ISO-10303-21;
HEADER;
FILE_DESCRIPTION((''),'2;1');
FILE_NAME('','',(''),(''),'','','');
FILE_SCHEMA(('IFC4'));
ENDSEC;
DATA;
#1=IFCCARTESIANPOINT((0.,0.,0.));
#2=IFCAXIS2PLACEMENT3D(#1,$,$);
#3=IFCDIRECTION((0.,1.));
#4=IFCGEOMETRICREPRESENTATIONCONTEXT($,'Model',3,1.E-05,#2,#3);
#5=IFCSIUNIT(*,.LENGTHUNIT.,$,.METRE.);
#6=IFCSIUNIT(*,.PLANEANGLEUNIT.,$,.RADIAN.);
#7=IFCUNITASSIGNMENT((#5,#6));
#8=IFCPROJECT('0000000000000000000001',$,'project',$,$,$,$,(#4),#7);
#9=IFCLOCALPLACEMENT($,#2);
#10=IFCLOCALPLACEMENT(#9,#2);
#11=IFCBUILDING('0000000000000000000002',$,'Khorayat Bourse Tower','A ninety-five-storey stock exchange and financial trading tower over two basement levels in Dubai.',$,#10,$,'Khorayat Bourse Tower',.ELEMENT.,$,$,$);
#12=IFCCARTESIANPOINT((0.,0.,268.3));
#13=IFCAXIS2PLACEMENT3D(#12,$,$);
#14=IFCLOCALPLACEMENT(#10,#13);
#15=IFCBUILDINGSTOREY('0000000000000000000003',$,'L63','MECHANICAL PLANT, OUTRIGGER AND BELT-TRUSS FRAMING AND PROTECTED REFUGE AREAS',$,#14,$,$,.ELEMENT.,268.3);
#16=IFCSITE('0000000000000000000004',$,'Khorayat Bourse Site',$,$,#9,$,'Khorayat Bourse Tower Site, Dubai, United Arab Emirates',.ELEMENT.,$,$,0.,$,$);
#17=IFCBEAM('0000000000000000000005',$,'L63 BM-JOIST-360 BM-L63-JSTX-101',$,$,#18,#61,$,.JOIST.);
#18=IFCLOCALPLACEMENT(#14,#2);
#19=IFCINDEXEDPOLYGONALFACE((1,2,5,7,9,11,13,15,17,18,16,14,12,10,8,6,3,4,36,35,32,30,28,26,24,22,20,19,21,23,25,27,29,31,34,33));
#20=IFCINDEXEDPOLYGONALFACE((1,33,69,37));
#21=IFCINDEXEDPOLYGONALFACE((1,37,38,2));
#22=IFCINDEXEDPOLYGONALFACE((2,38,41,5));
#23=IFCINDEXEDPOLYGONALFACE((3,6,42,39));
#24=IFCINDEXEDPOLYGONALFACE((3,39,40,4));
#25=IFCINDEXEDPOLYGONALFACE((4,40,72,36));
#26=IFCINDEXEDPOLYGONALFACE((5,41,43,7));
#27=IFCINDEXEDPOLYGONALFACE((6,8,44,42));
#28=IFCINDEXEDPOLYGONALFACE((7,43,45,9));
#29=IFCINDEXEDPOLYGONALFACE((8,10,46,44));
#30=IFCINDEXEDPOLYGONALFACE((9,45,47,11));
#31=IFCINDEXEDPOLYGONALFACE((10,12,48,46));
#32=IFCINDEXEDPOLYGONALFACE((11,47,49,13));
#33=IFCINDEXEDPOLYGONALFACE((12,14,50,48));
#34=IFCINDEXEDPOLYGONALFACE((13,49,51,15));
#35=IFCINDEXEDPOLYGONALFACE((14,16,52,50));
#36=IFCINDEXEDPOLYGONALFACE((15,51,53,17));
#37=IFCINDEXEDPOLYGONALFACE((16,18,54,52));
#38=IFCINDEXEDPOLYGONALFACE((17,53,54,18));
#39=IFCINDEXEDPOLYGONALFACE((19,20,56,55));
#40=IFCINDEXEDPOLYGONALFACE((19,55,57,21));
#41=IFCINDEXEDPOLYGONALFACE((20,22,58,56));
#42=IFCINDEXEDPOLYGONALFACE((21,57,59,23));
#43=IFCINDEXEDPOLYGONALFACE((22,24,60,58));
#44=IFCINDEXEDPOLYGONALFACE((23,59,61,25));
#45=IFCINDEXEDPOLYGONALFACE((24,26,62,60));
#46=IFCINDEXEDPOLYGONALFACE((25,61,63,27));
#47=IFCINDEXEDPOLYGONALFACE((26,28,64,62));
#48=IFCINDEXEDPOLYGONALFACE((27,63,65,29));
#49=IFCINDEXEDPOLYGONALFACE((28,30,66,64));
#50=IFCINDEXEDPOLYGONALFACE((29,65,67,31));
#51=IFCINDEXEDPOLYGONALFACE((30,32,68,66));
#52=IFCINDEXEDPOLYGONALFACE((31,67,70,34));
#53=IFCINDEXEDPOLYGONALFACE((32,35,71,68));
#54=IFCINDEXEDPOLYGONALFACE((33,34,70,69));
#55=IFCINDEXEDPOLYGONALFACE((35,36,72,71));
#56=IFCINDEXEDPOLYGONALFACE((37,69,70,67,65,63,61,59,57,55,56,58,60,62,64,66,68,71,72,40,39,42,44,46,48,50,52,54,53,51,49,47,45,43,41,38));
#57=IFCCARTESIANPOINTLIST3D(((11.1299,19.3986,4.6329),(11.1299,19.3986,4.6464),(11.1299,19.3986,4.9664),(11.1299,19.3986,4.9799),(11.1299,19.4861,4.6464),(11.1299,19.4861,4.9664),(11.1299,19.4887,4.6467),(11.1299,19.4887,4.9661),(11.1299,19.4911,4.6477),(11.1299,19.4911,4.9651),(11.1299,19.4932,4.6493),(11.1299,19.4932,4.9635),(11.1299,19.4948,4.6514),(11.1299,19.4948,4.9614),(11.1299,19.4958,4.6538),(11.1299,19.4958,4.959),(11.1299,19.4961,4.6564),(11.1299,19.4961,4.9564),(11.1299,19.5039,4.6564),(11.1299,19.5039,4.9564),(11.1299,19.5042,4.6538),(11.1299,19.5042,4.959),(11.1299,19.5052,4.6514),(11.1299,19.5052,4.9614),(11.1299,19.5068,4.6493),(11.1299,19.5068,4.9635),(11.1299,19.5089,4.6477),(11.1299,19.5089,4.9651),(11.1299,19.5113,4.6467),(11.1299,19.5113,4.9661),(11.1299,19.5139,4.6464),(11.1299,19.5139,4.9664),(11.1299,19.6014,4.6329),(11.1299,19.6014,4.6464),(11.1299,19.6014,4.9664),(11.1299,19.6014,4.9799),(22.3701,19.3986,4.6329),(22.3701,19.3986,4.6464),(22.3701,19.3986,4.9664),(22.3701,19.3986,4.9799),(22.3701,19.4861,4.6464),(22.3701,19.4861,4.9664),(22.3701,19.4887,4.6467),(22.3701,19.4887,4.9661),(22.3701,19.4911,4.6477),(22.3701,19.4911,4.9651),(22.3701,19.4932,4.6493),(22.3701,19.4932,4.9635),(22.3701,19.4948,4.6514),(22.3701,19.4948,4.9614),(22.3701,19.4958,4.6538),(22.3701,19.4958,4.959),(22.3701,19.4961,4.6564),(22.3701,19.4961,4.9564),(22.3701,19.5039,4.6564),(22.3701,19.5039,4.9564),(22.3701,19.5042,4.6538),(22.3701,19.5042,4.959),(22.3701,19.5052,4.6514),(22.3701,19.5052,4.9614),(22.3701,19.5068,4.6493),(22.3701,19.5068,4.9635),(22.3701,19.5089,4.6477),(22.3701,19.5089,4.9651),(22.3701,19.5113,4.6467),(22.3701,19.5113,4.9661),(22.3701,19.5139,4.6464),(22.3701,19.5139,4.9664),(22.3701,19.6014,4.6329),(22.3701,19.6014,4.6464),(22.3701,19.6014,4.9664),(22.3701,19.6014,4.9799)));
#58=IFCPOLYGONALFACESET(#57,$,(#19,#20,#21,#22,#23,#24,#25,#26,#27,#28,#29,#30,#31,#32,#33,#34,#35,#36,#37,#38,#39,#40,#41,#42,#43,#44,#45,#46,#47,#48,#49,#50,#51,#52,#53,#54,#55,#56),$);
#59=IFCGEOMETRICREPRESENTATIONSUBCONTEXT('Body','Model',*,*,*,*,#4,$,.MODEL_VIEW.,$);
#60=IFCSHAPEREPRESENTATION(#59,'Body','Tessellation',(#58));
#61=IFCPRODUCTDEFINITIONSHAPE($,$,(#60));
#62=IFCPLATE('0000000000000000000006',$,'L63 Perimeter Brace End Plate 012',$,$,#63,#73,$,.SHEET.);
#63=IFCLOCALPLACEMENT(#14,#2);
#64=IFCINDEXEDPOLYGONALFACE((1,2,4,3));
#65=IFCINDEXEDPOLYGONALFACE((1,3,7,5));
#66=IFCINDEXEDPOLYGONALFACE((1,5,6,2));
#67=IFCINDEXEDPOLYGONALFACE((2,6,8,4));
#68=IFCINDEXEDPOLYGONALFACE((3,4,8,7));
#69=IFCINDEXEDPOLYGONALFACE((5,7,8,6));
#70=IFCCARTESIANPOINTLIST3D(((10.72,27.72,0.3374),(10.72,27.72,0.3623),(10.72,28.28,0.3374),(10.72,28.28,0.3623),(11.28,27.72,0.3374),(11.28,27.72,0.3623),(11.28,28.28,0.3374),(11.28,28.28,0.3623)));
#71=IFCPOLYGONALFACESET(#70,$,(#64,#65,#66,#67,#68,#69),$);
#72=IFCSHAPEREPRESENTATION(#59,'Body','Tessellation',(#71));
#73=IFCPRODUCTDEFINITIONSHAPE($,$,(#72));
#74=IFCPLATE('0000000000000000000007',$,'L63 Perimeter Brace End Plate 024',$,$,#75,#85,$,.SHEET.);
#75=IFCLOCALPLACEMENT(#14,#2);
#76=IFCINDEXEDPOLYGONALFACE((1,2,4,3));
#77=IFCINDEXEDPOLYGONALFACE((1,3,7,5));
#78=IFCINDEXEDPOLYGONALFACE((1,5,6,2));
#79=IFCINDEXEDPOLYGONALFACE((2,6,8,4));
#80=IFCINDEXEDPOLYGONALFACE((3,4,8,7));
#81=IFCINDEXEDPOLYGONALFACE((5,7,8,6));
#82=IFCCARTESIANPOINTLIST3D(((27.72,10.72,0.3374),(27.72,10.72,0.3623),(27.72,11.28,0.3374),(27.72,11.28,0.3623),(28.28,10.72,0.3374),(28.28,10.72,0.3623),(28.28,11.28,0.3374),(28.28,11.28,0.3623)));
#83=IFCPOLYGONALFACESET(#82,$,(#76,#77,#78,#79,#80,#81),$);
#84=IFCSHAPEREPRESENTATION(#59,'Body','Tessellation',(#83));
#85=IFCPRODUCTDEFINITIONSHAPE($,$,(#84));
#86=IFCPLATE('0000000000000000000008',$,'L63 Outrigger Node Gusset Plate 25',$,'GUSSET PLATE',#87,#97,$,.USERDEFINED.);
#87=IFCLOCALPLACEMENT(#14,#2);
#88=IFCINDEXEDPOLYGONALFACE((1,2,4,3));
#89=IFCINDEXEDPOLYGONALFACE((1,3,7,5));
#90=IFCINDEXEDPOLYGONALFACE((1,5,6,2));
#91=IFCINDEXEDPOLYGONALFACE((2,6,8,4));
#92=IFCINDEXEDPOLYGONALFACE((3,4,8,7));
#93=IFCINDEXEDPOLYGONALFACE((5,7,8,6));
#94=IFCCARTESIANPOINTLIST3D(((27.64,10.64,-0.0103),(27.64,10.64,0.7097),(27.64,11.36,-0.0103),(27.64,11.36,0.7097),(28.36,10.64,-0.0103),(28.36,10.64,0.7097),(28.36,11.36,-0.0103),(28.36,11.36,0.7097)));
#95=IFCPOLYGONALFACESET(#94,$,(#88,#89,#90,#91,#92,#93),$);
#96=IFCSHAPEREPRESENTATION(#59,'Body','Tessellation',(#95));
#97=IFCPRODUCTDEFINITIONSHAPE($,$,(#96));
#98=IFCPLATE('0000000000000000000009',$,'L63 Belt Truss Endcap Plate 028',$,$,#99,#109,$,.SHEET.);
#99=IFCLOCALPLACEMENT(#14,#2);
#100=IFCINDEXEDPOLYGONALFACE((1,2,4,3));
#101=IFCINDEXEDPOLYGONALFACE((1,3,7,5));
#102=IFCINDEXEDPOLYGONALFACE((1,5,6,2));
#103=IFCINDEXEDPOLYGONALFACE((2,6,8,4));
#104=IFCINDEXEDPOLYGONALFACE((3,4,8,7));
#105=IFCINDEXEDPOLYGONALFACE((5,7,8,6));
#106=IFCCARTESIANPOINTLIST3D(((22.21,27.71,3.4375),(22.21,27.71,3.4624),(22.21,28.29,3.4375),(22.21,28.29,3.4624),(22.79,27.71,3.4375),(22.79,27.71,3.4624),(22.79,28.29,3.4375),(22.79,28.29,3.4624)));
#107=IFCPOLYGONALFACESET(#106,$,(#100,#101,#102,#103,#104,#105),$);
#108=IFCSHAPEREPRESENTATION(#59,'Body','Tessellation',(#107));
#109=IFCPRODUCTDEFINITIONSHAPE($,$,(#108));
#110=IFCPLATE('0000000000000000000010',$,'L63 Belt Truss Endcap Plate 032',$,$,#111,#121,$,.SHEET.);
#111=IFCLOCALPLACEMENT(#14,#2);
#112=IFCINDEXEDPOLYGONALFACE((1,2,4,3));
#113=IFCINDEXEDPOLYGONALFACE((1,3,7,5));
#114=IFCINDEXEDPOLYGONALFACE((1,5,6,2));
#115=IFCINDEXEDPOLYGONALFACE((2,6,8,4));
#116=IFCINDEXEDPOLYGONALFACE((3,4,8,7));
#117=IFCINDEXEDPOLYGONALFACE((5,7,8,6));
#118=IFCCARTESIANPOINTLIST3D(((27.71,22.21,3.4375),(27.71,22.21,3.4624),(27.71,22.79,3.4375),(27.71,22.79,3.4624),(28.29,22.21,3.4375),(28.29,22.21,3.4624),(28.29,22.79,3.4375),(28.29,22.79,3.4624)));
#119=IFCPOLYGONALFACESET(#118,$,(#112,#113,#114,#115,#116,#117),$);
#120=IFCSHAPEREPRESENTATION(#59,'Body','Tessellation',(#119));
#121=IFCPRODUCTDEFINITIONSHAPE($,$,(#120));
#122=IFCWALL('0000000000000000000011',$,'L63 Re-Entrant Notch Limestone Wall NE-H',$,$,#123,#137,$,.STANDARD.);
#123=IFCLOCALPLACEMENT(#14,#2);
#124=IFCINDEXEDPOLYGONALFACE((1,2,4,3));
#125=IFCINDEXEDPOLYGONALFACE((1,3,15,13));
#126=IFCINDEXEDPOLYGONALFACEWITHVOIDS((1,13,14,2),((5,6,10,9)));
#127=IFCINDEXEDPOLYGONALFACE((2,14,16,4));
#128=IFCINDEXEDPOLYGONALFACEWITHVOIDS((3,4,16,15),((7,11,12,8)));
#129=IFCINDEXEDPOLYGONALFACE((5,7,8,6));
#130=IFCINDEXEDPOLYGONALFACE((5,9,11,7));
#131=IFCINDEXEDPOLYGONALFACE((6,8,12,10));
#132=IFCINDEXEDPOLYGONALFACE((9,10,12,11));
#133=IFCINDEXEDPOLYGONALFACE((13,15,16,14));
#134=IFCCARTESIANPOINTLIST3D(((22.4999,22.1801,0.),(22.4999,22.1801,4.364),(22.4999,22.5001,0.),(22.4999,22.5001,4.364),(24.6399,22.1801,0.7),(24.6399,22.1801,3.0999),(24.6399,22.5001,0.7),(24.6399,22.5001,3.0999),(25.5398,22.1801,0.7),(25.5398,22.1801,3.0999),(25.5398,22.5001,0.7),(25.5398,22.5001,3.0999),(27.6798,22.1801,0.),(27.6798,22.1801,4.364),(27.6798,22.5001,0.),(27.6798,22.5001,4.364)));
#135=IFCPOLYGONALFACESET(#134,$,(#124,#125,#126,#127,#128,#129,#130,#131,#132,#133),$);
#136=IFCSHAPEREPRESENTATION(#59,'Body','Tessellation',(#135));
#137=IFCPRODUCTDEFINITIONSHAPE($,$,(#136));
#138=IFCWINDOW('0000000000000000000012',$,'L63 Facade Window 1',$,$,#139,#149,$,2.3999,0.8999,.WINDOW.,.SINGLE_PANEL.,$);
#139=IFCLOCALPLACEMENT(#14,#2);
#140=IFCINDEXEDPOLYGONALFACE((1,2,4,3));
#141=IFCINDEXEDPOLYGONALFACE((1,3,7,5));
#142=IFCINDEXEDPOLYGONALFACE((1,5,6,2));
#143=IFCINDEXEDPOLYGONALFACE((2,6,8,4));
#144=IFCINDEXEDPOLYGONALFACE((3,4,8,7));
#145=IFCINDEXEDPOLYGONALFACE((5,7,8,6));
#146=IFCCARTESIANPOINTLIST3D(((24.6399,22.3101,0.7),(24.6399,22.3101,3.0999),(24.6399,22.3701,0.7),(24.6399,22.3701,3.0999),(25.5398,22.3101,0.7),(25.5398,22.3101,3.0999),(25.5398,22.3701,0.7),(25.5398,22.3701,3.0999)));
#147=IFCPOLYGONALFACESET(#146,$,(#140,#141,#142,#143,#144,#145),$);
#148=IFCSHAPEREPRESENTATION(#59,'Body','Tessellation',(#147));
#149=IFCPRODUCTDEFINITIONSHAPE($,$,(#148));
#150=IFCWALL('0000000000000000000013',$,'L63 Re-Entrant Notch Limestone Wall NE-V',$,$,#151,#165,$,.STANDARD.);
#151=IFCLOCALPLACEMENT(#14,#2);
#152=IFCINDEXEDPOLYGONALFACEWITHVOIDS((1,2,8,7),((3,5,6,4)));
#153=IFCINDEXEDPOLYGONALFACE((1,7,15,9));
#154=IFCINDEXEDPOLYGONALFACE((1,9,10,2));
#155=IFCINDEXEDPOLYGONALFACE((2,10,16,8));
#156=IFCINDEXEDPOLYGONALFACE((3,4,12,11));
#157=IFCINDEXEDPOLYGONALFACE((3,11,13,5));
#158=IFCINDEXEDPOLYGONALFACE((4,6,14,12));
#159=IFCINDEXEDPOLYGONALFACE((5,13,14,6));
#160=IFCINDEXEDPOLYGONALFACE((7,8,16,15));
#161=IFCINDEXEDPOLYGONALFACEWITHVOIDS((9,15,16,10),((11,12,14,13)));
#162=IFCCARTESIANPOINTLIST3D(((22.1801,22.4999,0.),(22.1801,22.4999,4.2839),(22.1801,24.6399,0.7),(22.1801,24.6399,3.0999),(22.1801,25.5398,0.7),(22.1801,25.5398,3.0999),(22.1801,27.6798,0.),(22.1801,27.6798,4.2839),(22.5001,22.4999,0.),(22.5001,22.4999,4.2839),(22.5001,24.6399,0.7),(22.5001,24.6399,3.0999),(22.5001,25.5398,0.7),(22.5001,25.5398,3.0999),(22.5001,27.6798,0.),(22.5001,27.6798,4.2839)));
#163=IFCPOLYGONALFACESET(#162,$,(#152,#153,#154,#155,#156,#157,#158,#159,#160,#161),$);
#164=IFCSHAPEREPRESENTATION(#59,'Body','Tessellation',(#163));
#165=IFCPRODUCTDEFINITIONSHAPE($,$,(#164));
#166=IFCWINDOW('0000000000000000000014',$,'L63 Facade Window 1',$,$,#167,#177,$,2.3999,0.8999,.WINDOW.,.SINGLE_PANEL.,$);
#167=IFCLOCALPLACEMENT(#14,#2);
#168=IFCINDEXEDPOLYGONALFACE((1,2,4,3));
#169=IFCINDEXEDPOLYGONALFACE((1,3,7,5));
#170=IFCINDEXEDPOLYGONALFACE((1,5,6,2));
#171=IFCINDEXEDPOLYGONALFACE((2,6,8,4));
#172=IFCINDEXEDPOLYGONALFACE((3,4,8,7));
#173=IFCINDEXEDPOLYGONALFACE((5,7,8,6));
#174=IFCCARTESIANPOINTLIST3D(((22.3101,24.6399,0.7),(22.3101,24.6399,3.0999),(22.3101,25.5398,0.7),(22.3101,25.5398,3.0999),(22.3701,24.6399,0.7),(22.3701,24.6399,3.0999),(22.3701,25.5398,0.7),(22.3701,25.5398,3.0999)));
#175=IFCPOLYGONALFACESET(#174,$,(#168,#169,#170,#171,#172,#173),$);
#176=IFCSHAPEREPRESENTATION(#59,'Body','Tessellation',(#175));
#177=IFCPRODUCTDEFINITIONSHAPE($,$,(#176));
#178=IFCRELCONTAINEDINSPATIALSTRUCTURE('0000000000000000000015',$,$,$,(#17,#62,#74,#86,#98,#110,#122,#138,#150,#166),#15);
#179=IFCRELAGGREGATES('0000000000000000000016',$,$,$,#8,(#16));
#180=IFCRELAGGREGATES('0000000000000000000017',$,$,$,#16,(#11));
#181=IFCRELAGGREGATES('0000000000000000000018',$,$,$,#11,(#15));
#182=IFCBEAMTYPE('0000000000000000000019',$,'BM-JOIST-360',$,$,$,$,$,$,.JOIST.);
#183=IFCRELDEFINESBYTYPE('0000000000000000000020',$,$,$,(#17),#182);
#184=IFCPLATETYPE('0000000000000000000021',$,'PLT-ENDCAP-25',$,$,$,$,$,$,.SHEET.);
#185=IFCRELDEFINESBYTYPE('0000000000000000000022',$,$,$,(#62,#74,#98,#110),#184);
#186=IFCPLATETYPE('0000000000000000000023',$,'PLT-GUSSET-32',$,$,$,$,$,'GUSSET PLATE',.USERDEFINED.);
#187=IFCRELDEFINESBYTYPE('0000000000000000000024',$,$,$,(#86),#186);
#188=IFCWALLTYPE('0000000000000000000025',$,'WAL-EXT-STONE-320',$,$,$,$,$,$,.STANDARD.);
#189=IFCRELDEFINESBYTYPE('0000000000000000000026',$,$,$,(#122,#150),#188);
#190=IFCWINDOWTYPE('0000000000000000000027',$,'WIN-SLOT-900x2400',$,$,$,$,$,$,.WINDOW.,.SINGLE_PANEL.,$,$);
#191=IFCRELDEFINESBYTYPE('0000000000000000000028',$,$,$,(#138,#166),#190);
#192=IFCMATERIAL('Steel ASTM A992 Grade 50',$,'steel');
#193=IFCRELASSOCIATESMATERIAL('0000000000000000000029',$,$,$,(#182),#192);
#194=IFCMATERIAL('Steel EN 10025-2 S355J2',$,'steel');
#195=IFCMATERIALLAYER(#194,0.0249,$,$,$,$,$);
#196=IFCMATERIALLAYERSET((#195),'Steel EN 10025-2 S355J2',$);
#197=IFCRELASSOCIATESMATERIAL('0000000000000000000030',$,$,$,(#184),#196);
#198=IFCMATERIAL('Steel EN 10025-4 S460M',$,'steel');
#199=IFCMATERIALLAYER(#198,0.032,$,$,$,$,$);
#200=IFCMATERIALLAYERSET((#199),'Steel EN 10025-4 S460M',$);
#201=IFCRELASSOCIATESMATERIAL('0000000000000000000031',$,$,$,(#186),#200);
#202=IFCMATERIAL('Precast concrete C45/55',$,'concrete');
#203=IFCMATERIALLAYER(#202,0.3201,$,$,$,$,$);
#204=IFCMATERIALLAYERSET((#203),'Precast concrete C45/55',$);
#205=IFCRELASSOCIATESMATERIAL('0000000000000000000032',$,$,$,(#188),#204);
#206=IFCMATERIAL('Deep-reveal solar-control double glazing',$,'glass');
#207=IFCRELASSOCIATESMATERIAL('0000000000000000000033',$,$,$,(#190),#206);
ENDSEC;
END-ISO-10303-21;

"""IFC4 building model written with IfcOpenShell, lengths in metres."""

from ifc_helpers import new_model, si_unit, direction, frame, frame_2d, origin, origin_2d, place, context, subcontext, project, spatial, rectangle, i_section, extrude, source, transform, mapped, material, layer, layer_set, material_profile, profile_set, type_object, element, fill, save


model = new_model("IFC4")

# Units and contexts
model_context = context("Model", 3, precision=1e-05, world=origin(), true_north=direction((0.0, 1.0)))
body_context = subcontext(model_context, "Body", "Model", "MODEL_VIEW")
ifc_project = project(units=[si_unit("LENGTHUNIT", "METRE"), si_unit("PLANEANGLEUNIT", "RADIAN")], contexts=[model_context])

# Site, building, storey
site_placement = place(None, origin())
site = spatial("IfcSite", under=ifc_project, at=site_placement, Name="Khorayat Bourse Site", LongName="Khorayat Bourse Tower Site, Dubai, United Arab Emirates", CompositionType="ELEMENT", RefElevation=0.0)
building_placement = place(site_placement, origin())
building = spatial("IfcBuilding", under=site, at=building_placement, Name="Khorayat Bourse Tower", Description="A ninety-five-storey stock exchange and financial trading tower over two basement levels in Dubai.", LongName="Khorayat Bourse Tower", CompositionType="ELEMENT")
storey_placement = place(building_placement, frame((0.0, 0.0, 268.3)))
storey = spatial("IfcBuildingStorey", under=building, at=storey_placement, Name="L63", Description="MECHANICAL PLANT, OUTRIGGER AND BELT-TRUSS FRAMING AND PROTECTED REFUGE AREAS", CompositionType="ELEMENT", Elevation=268.3)

# Shared definitions
ifc_material_1 = material(Name="Steel EN 10025-4 S460M", Category="steel")

# Beam
ifc_material_2 = material(Name="Steel ASTM A992 Grade 50", Category="steel")
ifc_material_profile_1 = material_profile(ifc_material_2, i_section(OverallWidth=0.2029, OverallDepth=0.3469, WebThickness=0.0078, FlangeThickness=0.0134, FilletRadius=0.01, at=origin_2d()), Name="W360X64")
ifc_profile_set_1 = profile_set([ifc_material_profile_1], Name="Steel ASTM A992 Grade 50")
beam_type_1 = type_object("IfcBeamType", Name="BM-JOIST-360", PredefinedType="JOIST", material=ifc_profile_set_1)
shared_shape_1 = source(origin(), body_context, "Body", "SweptSolid", [
    extrude(i_section(OverallWidth=0.2029, OverallDepth=0.3469, WebThickness=0.0078, FlangeThickness=0.0134, FilletRadius=0.01, at=origin_2d()), origin(), (0.0, 0.0, 1.0), 11.2402),
])
beam_1_placement = place(storey_placement, frame((11.1299, 19.5, 4.8064), z_axis=(1.0, 0.0, 0.0), x_axis=(0.0, 1.0, 0.0)))
element("IfcBeam", 1, at=beam_1_placement, inside=storey, type_object=beam_type_1, Name="L63 BM-JOIST-360 BM-L63-JSTX-101", PredefinedType="JOIST", context=body_context, shape_type="MappedRepresentation", body=[
    mapped(shared_shape_1, transform((0.0, 0.0, 0.0), scale=1.0)),
])

# Plates
ifc_material_3 = material(Name="Steel EN 10025-2 S355J2", Category="steel")
ifc_layer_1 = layer(ifc_material_3, 0.0249)
ifc_layer_set_1 = layer_set([ifc_layer_1], Name="Steel EN 10025-2 S355J2")
plate_type_1 = type_object("IfcPlateType", Name="PLT-ENDCAP-25", PredefinedType="SHEET", material=ifc_layer_set_1)
shared_shape_2 = source(origin(), body_context, "Body", "SweptSolid", [
    extrude(rectangle(XDim=0.5601, YDim=0.5601, at=origin_2d()), origin(), (0.0, 0.0, 1.0), 0.0249),
])
for number, where, z_axis, x_axis, name in (
    (2, (11.0, 28.0, 0.3374), (0.0, 0.0, 1.0), (1.0, 0.0, 0.0), "L63 Perimeter Brace End Plate 012"),
    (3, (28.0, 11.0, 0.3374), (0.0, 0.0, 1.0), (1.0, 0.0, 0.0), "L63 Perimeter Brace End Plate 024"),
):
    element("IfcPlate", number, at=place(storey_placement, frame(where, z_axis=z_axis, x_axis=x_axis)), inside=storey, type_object=plate_type_1, Name=name, PredefinedType="SHEET", context=body_context, shape_type="MappedRepresentation", body=[
        mapped(shared_shape_2, transform((0.0, 0.0, 0.0), scale=1.0)),
    ])
ifc_layer_2 = layer(ifc_material_1, 0.032)
ifc_layer_set_2 = layer_set([ifc_layer_2], Name="Steel EN 10025-4 S460M")
plate_type_2 = type_object("IfcPlateType", Name="PLT-GUSSET-32", ElementType="GUSSET PLATE", PredefinedType="USERDEFINED", material=ifc_layer_set_2)
shared_shape_3 = source(origin(), body_context, "Body", "SweptSolid", [
    extrude(rectangle(XDim=0.72, YDim=0.72, at=origin_2d()), origin(), (0.0, 0.0, 1.0), 0.72),
])
plate_placement = place(storey_placement, frame((28.0, 11.0, -0.0103), z_axis=(0.0, 0.0, 1.0), x_axis=(1.0, 0.0, 0.0)))
element("IfcPlate", 4, at=plate_placement, inside=storey, type_object=plate_type_2, Name="L63 Outrigger Node Gusset Plate 25", ObjectType="GUSSET PLATE", PredefinedType="USERDEFINED", context=body_context, shape_type="MappedRepresentation", body=[
    mapped(shared_shape_3, transform((0.0, 0.0, 0.0), scale=1.0)),
])
shared_shape_4 = source(origin(), body_context, "Body", "SweptSolid", [
    extrude(rectangle(XDim=0.5801, YDim=0.5801, at=origin_2d()), origin(), (0.0, 0.0, 1.0), 0.0249),
])
for number, where, z_axis, x_axis, name in (
    (5, (22.5, 28.0, 3.4375), (0.0, 0.0, 1.0), (1.0, 0.0, 0.0), "L63 Belt Truss Endcap Plate 028"),
    (6, (28.0, 22.5, 3.4375), (0.0, 0.0, 1.0), (1.0, 0.0, 0.0), "L63 Belt Truss Endcap Plate 032"),
):
    element("IfcPlate", number, at=place(storey_placement, frame(where, z_axis=z_axis, x_axis=x_axis)), inside=storey, type_object=plate_type_1, Name=name, PredefinedType="SHEET", context=body_context, shape_type="MappedRepresentation", body=[
        mapped(shared_shape_4, transform((0.0, 0.0, 0.0), scale=1.0)),
    ])

# Walls, openings, windows
ifc_material_4 = material(Name="Precast concrete C45/55", Category="concrete")
ifc_layer_3 = layer(ifc_material_4, 0.3201)
ifc_layer_set_3 = layer_set([ifc_layer_3], Name="Precast concrete C45/55")
wall_type = type_object("IfcWallType", Name="WAL-EXT-STONE-320", PredefinedType="STANDARD", material=ifc_layer_set_3)
shared_shape_5 = source(origin(), body_context, "Body", "SweptSolid", [
    extrude(rectangle(XDim=5.1799, YDim=0.3201, at=frame_2d((2.5898, 0.0))), origin(), (0.0, 0.0, 1.0), 4.364),
])
wall_1_placement = place(storey_placement, frame((22.5, 22.3401, 0.0), z_axis=(0.0, 0.0, 1.0), x_axis=(1.0, 0.0, 0.0)))
wall_1 = element("IfcWall", 7, at=wall_1_placement, inside=storey, type_object=wall_type, Name="L63 Re-Entrant Notch Limestone Wall NE-H", PredefinedType="STANDARD", context=body_context, shape_type="MappedRepresentation", body=[
    mapped(shared_shape_5, transform((0.0, 0.0, 0.0), scale=1.0)),
])
shared_shape_6 = source(origin(), body_context, "Body", "SweptSolid", [
    extrude(rectangle(XDim=0.8999, YDim=2.3999, at=frame_2d((0.45, 1.2))), frame((0.0, 0.1699, 0.0), z_axis=(0.0, -1.0, 0.0), x_axis=(1.0, 0.0, 0.0)), (0.0, 0.0, 1.0), 0.3401),
])
opening_1_placement = place(wall_1_placement, frame((2.1399, 0.0, 0.7)))
opening_1 = element("IfcOpeningElement", 8, at=opening_1_placement, cuts=wall_1, PredefinedType="OPENING", context=body_context, shape_type="MappedRepresentation", body=[
    mapped(shared_shape_6, transform((0.0, 0.0, 0.0), scale=1.0)),
])
ifc_material_5 = material(Name="Deep-reveal solar-control double glazing", Category="glass")
window_type = type_object("IfcWindowType", Name="WIN-SLOT-900x2400", PartitioningType="SINGLE_PANEL", PredefinedType="WINDOW", material=ifc_material_5)
shared_shape_7 = source(origin(), body_context, "Body", "SweptSolid", [
    extrude(rectangle(XDim=0.8999, YDim=2.3999, at=frame_2d((0.45, 1.2))), frame((0.0, 0.03, 0.0), z_axis=(0.0, -1.0, 0.0), x_axis=(1.0, 0.0, 0.0)), (0.0, 0.0, 1.0), 0.0601),
])
window_1_placement = place(opening_1_placement, origin())
window_1 = element("IfcWindow", 9, at=window_1_placement, inside=storey, type_object=window_type, Name="L63 Facade Window 1", OverallHeight=2.3999, OverallWidth=0.8999, PartitioningType="SINGLE_PANEL", PredefinedType="WINDOW", context=body_context, shape_type="MappedRepresentation", body=[
    mapped(shared_shape_7, transform((0.0, 0.0, 0.0), scale=1.0)),
])
fill(opening_1, window_1)
shared_shape_8 = source(origin(), body_context, "Body", "SweptSolid", [
    extrude(rectangle(XDim=5.1799, YDim=0.3201, at=frame_2d((2.5898, 0.0))), origin(), (0.0, 0.0, 1.0), 4.2839),
])
wall_2_placement = place(storey_placement, frame((22.3401, 22.5, 0.0), z_axis=(0.0, 0.0, 1.0), x_axis=(0.0, 1.0, 0.0)))
wall_2 = element("IfcWall", 10, at=wall_2_placement, inside=storey, type_object=wall_type, Name="L63 Re-Entrant Notch Limestone Wall NE-V", PredefinedType="STANDARD", context=body_context, shape_type="MappedRepresentation", body=[
    mapped(shared_shape_8, transform((0.0, 0.0, 0.0), scale=1.0)),
])
opening_2_placement = place(wall_2_placement, frame((2.1399, 0.0, 0.7)))
opening_2 = element("IfcOpeningElement", 11, at=opening_2_placement, cuts=wall_2, PredefinedType="OPENING", context=body_context, shape_type="MappedRepresentation", body=[
    mapped(shared_shape_6, transform((0.0, 0.0, 0.0), scale=1.0)),
])
window_2_placement = place(opening_2_placement, origin())
window_2 = element("IfcWindow", 12, at=window_2_placement, inside=storey, type_object=window_type, Name="L63 Facade Window 1", OverallHeight=2.3999, OverallWidth=0.8999, PartitioningType="SINGLE_PANEL", PredefinedType="WINDOW", context=body_context, shape_type="MappedRepresentation", body=[
    mapped(shared_shape_7, transform((0.0, 0.0, 0.0), scale=1.0)),
])
fill(opening_2, window_2)

save(model, "model.ifc")
